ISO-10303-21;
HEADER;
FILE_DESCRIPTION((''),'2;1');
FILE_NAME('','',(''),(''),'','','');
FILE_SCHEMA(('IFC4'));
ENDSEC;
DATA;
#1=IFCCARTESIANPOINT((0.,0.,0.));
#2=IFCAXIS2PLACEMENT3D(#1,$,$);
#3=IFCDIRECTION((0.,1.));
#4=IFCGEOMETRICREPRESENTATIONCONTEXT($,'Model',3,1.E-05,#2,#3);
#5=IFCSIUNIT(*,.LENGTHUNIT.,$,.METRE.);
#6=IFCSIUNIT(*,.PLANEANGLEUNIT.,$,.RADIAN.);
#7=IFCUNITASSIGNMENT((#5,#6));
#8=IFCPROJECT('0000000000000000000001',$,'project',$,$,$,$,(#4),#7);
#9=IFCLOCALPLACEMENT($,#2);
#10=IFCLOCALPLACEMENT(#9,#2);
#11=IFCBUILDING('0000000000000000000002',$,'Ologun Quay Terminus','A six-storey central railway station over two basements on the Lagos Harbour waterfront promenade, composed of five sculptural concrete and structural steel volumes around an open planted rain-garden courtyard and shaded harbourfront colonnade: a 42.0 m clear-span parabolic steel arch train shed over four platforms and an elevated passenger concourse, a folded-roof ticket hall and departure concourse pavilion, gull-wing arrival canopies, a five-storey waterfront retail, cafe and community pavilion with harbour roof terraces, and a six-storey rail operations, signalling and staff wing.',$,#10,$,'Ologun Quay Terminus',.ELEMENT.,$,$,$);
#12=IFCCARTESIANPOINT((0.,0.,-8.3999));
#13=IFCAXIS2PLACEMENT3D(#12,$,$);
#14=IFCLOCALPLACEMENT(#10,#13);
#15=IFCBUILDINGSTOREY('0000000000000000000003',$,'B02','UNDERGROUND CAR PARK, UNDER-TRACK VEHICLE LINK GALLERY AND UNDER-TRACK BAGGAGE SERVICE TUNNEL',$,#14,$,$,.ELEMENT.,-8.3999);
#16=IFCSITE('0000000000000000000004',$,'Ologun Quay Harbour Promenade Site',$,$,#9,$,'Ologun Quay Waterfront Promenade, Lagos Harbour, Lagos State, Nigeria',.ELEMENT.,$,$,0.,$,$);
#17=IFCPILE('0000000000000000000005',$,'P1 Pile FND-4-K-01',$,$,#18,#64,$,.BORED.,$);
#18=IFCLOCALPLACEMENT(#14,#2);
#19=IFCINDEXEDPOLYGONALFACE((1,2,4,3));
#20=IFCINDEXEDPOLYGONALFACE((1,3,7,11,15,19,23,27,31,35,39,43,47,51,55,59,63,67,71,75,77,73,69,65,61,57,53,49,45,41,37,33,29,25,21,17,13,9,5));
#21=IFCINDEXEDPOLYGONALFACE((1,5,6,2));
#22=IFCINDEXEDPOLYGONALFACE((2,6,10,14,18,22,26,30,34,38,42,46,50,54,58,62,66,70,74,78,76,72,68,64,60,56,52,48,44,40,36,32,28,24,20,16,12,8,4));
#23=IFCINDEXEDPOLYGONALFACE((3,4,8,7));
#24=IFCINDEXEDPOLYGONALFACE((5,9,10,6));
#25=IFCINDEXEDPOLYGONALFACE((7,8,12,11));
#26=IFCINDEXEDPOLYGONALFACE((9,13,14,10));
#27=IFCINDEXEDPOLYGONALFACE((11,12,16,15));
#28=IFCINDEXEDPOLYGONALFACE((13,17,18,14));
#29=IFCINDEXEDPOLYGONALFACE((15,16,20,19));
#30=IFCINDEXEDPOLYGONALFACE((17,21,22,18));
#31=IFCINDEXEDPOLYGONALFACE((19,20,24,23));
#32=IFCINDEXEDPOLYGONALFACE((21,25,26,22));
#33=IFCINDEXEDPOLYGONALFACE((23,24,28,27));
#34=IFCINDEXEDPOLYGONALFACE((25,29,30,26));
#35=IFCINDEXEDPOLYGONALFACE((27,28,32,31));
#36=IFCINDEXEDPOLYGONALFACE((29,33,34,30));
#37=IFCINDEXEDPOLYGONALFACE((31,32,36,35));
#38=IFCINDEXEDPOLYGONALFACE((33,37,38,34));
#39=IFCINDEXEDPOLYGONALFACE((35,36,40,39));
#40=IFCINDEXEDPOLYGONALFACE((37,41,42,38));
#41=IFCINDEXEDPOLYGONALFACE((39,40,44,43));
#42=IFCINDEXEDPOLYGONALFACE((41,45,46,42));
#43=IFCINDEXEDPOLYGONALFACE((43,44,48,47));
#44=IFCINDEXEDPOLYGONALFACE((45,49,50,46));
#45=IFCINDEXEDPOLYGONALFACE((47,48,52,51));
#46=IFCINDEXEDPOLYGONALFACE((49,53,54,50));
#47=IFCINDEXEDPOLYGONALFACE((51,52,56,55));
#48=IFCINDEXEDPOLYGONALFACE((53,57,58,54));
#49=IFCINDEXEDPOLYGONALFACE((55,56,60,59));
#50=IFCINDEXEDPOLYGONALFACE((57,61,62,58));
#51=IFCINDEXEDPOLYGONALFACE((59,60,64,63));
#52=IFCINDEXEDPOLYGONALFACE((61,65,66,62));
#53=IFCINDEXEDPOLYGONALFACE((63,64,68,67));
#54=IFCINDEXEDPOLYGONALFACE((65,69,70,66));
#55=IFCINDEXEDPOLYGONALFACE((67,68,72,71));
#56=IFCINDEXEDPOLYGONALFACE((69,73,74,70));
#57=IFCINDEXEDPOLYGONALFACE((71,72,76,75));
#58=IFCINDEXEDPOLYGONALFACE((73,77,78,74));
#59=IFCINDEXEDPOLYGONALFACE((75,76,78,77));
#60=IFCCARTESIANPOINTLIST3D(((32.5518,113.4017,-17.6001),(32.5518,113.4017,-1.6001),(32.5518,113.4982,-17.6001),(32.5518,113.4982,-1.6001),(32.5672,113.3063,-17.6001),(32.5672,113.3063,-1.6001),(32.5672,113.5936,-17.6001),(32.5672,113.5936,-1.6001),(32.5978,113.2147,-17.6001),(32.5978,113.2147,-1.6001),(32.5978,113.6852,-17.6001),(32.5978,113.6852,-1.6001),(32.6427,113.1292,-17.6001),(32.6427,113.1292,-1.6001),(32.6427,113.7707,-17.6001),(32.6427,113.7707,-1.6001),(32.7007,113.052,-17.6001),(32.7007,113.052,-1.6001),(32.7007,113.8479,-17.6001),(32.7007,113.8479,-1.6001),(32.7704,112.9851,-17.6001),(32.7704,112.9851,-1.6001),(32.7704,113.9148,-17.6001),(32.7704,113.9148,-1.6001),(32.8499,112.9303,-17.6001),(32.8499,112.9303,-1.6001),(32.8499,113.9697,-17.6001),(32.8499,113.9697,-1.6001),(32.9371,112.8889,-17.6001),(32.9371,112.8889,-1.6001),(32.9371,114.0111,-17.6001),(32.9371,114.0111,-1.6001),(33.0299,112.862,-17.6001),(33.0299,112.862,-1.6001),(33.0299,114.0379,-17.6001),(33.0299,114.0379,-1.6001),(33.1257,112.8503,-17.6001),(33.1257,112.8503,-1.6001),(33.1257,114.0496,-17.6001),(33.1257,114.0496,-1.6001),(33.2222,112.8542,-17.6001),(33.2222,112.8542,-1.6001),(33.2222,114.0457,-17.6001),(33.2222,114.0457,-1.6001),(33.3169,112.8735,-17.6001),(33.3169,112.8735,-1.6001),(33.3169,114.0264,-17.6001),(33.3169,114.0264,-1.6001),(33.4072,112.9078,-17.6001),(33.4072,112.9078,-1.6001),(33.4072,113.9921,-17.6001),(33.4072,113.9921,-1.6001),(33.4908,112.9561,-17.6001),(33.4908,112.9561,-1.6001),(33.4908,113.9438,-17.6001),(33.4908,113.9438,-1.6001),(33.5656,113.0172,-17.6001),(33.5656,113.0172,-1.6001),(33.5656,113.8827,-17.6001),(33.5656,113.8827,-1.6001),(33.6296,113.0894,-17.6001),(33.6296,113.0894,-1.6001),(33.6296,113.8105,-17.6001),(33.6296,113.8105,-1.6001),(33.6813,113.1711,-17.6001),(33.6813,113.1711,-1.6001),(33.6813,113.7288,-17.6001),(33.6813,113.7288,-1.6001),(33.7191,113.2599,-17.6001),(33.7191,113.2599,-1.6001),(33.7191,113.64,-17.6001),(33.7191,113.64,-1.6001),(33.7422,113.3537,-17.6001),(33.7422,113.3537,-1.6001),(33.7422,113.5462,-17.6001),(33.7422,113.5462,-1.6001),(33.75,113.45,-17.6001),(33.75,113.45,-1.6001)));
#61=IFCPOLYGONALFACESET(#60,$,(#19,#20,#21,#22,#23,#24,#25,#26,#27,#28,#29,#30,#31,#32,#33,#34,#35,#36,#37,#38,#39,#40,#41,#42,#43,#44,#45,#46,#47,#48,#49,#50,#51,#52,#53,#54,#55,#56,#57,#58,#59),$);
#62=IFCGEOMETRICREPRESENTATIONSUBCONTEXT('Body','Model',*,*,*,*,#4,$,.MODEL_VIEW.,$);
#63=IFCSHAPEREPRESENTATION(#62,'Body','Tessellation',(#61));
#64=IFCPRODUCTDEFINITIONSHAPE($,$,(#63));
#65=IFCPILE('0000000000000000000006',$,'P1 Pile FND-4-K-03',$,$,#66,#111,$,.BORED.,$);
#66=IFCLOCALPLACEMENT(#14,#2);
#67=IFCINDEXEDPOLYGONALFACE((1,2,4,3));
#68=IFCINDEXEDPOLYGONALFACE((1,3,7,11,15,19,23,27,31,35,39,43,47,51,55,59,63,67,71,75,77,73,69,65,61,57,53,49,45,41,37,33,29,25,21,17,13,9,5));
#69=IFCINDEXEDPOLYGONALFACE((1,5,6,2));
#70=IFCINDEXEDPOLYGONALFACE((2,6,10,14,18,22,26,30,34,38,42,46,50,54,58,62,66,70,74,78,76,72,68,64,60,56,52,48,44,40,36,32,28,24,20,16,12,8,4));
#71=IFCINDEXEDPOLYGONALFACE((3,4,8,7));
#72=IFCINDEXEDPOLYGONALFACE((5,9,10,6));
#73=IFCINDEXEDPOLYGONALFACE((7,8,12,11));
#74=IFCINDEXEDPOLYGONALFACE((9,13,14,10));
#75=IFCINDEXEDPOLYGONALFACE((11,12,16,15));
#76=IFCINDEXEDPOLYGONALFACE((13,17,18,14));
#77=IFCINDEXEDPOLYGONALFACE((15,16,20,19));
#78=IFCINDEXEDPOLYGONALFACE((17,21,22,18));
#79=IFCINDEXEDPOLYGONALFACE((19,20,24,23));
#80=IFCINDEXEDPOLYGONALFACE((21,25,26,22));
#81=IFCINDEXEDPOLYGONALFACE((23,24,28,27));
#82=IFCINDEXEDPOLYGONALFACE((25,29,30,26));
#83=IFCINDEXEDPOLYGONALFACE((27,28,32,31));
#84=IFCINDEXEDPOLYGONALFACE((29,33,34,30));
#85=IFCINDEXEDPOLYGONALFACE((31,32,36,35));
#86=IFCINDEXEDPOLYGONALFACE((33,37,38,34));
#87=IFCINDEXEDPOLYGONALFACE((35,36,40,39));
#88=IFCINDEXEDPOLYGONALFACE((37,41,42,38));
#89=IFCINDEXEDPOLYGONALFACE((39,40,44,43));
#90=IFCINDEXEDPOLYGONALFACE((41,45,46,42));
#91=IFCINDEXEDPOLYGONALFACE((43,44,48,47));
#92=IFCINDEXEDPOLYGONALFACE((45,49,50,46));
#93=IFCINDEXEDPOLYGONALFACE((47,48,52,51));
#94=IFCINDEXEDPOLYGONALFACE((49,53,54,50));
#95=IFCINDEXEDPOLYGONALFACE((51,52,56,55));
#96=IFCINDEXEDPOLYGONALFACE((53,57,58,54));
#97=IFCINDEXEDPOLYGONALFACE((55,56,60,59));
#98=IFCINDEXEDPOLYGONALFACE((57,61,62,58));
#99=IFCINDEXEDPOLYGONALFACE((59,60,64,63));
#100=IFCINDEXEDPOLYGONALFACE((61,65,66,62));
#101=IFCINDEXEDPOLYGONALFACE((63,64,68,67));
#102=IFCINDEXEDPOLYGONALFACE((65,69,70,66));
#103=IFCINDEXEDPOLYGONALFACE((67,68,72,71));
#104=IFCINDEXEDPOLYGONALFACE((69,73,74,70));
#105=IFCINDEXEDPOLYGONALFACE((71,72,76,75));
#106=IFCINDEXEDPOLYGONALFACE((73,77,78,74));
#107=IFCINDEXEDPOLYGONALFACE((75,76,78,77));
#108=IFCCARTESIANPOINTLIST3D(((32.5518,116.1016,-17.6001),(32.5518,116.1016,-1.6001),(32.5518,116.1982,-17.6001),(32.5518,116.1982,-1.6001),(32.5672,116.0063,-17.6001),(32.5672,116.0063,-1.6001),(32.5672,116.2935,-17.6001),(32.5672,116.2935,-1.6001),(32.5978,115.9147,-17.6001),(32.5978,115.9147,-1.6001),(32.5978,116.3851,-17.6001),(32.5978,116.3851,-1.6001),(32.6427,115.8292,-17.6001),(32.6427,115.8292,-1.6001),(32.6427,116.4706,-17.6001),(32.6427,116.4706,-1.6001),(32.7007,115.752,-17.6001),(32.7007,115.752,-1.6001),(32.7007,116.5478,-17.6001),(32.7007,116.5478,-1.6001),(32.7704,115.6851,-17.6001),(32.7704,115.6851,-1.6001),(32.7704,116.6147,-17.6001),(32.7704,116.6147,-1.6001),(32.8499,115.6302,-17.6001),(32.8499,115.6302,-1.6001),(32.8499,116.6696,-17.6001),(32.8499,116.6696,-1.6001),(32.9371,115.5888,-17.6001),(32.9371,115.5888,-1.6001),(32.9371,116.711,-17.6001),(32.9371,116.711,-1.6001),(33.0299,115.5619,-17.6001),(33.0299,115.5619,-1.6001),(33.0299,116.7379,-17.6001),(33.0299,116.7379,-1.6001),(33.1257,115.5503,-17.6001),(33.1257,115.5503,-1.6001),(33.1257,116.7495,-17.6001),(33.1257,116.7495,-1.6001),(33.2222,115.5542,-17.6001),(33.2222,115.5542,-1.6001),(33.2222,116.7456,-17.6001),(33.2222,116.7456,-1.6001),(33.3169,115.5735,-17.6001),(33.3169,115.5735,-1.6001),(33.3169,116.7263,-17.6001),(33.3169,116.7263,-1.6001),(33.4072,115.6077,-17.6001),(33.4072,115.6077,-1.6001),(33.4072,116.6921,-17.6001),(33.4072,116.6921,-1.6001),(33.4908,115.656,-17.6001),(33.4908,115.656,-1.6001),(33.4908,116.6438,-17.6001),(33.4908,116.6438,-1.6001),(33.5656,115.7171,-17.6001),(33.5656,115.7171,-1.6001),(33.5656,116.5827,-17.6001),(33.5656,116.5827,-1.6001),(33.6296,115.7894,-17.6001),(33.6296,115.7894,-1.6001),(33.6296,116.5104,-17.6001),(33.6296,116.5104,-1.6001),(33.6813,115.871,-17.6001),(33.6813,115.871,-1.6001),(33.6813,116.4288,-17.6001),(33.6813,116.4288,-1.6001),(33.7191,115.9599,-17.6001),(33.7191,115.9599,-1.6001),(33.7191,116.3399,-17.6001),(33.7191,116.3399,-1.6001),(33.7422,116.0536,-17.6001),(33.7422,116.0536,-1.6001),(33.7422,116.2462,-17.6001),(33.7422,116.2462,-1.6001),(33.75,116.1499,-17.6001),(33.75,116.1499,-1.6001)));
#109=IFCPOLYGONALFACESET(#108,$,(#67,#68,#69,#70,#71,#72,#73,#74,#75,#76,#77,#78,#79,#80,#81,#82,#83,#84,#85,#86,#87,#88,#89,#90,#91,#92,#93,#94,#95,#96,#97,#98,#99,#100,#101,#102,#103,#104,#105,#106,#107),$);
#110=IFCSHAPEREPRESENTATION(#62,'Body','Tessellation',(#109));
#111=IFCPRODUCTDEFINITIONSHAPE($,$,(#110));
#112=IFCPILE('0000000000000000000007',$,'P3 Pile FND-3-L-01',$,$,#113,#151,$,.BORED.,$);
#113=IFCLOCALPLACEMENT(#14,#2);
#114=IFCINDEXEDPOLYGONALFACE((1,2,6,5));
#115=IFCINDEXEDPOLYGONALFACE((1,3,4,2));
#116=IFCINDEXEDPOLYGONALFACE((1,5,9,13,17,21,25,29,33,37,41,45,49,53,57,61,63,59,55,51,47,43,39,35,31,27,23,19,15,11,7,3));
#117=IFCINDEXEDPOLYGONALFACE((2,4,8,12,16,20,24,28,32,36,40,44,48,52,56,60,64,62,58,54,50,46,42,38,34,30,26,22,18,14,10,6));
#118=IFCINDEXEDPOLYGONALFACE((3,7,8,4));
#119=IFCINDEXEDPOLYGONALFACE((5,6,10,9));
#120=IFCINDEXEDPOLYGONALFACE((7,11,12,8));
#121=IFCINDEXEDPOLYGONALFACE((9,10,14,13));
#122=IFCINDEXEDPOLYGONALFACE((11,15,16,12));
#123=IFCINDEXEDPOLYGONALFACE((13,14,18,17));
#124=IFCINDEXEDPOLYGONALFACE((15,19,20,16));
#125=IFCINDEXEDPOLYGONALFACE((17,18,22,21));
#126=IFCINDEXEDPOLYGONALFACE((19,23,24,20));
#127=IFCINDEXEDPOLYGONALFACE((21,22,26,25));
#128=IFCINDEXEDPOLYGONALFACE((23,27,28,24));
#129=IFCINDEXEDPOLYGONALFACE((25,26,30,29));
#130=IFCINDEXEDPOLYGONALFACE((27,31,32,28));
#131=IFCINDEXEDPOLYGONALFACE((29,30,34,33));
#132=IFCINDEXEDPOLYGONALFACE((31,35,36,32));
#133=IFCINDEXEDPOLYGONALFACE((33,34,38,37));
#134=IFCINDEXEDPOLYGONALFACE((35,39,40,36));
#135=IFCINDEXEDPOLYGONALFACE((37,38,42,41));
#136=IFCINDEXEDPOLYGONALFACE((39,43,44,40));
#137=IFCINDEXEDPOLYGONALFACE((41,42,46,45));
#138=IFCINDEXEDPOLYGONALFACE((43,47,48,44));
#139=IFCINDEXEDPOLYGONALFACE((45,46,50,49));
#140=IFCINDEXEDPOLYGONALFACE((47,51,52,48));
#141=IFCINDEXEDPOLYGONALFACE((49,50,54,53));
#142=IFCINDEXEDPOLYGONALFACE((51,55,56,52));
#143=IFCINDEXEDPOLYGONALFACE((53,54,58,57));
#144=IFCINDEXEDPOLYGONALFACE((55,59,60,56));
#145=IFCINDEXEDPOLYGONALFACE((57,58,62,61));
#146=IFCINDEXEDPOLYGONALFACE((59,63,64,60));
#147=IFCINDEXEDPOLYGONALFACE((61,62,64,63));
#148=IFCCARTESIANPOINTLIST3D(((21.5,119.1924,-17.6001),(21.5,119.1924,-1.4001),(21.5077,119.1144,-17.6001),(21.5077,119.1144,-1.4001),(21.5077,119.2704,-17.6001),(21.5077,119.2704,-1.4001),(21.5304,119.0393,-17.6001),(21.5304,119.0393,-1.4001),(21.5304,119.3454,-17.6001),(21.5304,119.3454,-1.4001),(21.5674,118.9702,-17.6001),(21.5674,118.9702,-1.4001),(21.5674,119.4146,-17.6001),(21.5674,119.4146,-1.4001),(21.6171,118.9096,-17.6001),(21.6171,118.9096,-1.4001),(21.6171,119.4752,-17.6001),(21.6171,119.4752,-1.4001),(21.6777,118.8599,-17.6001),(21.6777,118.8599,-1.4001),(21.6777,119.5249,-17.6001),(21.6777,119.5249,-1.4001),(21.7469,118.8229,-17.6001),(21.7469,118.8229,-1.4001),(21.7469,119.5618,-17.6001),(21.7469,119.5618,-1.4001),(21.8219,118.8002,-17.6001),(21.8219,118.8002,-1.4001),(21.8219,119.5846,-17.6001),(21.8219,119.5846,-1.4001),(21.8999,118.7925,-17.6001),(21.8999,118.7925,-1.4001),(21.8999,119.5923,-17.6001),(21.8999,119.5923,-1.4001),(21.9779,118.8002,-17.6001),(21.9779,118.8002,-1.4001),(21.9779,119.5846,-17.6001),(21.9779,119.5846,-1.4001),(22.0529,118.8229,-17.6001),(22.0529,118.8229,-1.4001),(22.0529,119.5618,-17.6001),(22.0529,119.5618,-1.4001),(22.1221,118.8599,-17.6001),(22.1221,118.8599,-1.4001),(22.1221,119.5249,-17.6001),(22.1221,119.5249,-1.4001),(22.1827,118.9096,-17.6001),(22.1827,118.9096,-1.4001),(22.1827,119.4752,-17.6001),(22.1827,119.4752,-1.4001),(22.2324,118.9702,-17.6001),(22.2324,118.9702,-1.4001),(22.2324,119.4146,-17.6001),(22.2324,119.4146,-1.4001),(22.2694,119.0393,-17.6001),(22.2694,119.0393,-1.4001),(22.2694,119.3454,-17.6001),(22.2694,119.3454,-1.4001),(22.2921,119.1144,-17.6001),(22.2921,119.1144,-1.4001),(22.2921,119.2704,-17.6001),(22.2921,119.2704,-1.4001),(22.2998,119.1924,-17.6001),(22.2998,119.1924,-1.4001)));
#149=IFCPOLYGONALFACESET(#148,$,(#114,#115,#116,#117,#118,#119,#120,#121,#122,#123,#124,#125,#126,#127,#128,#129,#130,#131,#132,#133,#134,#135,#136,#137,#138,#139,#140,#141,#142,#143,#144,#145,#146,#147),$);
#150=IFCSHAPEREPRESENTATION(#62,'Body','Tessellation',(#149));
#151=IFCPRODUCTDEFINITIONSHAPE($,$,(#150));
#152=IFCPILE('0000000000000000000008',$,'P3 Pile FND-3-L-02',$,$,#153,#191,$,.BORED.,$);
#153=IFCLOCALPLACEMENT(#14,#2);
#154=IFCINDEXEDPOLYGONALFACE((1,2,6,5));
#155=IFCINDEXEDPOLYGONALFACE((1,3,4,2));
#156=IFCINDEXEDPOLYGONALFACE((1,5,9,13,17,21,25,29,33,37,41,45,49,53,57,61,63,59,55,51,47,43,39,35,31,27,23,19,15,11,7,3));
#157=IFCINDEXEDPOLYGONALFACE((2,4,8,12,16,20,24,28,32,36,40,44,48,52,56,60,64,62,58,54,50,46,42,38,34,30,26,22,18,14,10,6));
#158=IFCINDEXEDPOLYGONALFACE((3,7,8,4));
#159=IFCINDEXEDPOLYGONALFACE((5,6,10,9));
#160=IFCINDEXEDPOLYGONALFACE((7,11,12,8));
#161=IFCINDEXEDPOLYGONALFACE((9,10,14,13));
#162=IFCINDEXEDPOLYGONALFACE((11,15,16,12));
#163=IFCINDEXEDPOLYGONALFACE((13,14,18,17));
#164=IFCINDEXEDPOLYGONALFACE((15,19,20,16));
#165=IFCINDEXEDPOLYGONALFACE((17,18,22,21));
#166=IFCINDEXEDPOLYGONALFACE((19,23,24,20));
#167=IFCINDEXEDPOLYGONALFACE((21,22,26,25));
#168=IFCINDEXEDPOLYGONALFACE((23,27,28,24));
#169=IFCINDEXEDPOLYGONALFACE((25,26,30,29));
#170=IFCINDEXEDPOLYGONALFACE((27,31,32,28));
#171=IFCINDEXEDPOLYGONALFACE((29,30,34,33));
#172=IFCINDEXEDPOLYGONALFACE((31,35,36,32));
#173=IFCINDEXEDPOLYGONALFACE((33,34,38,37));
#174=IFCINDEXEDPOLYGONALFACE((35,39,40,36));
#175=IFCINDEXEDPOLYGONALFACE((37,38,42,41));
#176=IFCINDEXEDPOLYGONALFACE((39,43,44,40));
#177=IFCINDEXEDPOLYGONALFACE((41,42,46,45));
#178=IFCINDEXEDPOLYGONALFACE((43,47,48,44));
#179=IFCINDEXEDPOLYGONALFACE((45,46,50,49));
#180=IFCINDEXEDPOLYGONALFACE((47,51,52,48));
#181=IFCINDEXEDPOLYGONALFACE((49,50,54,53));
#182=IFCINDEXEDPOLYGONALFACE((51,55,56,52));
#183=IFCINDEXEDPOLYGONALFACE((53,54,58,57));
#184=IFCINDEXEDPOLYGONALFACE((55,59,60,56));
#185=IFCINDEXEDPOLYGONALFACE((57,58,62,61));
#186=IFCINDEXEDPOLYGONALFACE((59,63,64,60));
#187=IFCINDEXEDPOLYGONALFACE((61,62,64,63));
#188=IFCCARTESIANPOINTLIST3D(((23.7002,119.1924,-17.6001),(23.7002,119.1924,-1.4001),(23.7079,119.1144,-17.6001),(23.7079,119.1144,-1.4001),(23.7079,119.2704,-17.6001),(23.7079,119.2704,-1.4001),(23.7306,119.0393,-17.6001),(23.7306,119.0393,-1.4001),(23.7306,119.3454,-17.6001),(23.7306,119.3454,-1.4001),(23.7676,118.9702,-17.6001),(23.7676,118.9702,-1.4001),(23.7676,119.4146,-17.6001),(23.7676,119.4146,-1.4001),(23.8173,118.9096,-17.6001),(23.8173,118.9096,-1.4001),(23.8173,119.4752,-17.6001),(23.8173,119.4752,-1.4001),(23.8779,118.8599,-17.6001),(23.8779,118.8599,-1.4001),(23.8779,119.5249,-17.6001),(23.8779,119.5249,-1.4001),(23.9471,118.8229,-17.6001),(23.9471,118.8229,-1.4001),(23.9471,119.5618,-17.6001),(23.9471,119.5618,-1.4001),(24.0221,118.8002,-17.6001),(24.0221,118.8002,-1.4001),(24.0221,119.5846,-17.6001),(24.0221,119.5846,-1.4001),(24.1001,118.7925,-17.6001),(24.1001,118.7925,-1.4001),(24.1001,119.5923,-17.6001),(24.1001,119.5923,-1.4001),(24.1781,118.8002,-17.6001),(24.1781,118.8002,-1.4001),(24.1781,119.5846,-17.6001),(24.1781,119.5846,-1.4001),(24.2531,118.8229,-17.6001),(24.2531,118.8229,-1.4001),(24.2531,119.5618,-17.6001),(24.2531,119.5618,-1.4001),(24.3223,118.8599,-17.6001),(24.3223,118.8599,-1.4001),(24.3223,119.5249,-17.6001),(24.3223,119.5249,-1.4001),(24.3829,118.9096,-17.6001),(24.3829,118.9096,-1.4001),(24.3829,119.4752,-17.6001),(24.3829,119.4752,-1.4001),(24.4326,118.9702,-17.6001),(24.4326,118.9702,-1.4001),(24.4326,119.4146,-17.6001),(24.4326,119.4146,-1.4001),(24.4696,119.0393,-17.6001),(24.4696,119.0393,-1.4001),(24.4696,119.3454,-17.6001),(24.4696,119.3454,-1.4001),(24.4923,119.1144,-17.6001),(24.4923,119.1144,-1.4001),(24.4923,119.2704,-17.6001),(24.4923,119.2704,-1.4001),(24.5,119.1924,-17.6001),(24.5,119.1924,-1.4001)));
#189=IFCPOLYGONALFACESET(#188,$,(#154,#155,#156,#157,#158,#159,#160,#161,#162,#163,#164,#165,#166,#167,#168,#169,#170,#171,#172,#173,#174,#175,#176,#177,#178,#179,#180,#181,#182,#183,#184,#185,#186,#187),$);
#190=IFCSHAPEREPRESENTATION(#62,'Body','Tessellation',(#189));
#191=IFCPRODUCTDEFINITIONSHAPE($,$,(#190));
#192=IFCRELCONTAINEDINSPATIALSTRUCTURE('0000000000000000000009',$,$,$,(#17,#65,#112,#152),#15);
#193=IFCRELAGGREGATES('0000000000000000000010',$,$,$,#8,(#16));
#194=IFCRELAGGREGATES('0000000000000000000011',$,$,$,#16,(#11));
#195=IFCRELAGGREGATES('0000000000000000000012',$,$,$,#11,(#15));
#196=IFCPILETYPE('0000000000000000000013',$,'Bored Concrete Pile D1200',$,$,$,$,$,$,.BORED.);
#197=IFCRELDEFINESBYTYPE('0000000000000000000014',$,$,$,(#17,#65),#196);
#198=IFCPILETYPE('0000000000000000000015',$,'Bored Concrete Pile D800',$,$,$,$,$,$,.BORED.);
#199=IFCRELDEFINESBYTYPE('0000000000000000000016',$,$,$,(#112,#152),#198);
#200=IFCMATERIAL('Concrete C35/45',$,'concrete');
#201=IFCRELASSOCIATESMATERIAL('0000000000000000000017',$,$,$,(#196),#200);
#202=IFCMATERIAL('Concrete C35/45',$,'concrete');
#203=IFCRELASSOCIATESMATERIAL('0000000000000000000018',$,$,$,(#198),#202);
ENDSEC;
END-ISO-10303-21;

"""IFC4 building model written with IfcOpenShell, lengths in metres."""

from ifc_helpers import new_model, si_unit, direction, frame, origin, origin_2d, place, context, subcontext, project, spatial, circle, extrude, material, material_profile, profile_set, type_object, element, save


model = new_model("IFC4")

# Units and contexts
model_context = context("Model", 3, precision=1e-05, world=origin(), true_north=direction((0.0, 1.0)))
body_context = subcontext(model_context, "Body", "Model", "MODEL_VIEW")
ifc_project = project(units=[si_unit("LENGTHUNIT", "METRE"), si_unit("PLANEANGLEUNIT", "RADIAN")], contexts=[model_context])

# Site, building, storey
site_placement = place(None, origin())
site = spatial("IfcSite", under=ifc_project, at=site_placement, Name="Ologun Quay Harbour Promenade Site", LongName="Ologun Quay Waterfront Promenade, Lagos Harbour, Lagos State, Nigeria", CompositionType="ELEMENT", RefElevation=0.0)
building_placement = place(site_placement, origin())
building = spatial("IfcBuilding", under=site, at=building_placement, Name="Ologun Quay Terminus", Description="A six-storey central railway station over two basements on the Lagos Harbour waterfront promenade, composed of five sculptural concrete and structural steel volumes around an open planted rain-garden courtyard and shaded harbourfront colonnade: a 42.0 m clear-span parabolic steel arch train shed over four platforms and an elevated passenger concourse, a folded-roof ticket hall and departure concourse pavilion, gull-wing arrival canopies, a five-storey waterfront retail, cafe and community pavilion with harbour roof terraces, and a six-storey rail operations, signalling and staff wing.", LongName="Ologun Quay Terminus", CompositionType="ELEMENT")
storey_placement = place(building_placement, frame((0.0, 0.0, -8.3999)))
storey = spatial("IfcBuildingStorey", under=building, at=storey_placement, Name="B02", Description="UNDERGROUND CAR PARK, UNDER-TRACK VEHICLE LINK GALLERY AND UNDER-TRACK BAGGAGE SERVICE TUNNEL", CompositionType="ELEMENT", Elevation=-8.3999)

# Piles
ifc_material_1 = material(Name="Concrete C35/45", Category="concrete")
ifc_material_profile_1 = material_profile(ifc_material_1, circle(Radius=0.6001, at=origin_2d()), Name="PILE D1200")
ifc_profile_set_1 = profile_set([ifc_material_profile_1], Name="Concrete C35/45")
pile_type_1 = type_object("IfcPileType", Name="Bored Concrete Pile D1200", PredefinedType="BORED", material=ifc_profile_set_1)
for number, where, z_axis, x_axis, name in (
    (1, (33.1499, 113.45, -1.6001), (0.0, 0.0, -1.0), (1.0, 0.0, 0.0), "P1 Pile FND-4-K-01"),
    (2, (33.1499, 116.1499, -1.6001), (0.0, 0.0, -1.0), (1.0, 0.0, 0.0), "P1 Pile FND-4-K-03"),
):
    element("IfcPile", number, at=place(storey_placement, frame(where, z_axis=z_axis, x_axis=x_axis)), inside=storey, type_object=pile_type_1, Name=name, PredefinedType="BORED", context=body_context, shape_type="SweptSolid", body=[
        extrude(circle(Radius=0.6001, at=origin_2d()), origin(), (0.0, 0.0, 1.0), 16.0),
    ])
ifc_material_2 = material(Name="Concrete C35/45", Category="concrete")
ifc_material_profile_2 = material_profile(ifc_material_2, circle(Radius=0.3999, at=origin_2d()), Name="PILE D800")
ifc_profile_set_2 = profile_set([ifc_material_profile_2], Name="Concrete C35/45")
pile_type_2 = type_object("IfcPileType", Name="Bored Concrete Pile D800", PredefinedType="BORED", material=ifc_profile_set_2)
for number, where, z_axis, x_axis, name in (
    (3, (21.8999, 119.1924, -1.4001), (0.0, 0.0, -1.0), (1.0, 0.0, 0.0), "P3 Pile FND-3-L-01"),
    (4, (24.1001, 119.1924, -1.4001), (0.0, 0.0, -1.0), (1.0, 0.0, 0.0), "P3 Pile FND-3-L-02"),
):
    element("IfcPile", number, at=place(storey_placement, frame(where, z_axis=z_axis, x_axis=x_axis)), inside=storey, type_object=pile_type_2, Name=name, PredefinedType="BORED", context=body_context, shape_type="SweptSolid", body=[
        extrude(circle(Radius=0.3999, at=origin_2d()), origin(), (0.0, 0.0, 1.0), 16.2),
    ])

save(model, "model.ifc")
